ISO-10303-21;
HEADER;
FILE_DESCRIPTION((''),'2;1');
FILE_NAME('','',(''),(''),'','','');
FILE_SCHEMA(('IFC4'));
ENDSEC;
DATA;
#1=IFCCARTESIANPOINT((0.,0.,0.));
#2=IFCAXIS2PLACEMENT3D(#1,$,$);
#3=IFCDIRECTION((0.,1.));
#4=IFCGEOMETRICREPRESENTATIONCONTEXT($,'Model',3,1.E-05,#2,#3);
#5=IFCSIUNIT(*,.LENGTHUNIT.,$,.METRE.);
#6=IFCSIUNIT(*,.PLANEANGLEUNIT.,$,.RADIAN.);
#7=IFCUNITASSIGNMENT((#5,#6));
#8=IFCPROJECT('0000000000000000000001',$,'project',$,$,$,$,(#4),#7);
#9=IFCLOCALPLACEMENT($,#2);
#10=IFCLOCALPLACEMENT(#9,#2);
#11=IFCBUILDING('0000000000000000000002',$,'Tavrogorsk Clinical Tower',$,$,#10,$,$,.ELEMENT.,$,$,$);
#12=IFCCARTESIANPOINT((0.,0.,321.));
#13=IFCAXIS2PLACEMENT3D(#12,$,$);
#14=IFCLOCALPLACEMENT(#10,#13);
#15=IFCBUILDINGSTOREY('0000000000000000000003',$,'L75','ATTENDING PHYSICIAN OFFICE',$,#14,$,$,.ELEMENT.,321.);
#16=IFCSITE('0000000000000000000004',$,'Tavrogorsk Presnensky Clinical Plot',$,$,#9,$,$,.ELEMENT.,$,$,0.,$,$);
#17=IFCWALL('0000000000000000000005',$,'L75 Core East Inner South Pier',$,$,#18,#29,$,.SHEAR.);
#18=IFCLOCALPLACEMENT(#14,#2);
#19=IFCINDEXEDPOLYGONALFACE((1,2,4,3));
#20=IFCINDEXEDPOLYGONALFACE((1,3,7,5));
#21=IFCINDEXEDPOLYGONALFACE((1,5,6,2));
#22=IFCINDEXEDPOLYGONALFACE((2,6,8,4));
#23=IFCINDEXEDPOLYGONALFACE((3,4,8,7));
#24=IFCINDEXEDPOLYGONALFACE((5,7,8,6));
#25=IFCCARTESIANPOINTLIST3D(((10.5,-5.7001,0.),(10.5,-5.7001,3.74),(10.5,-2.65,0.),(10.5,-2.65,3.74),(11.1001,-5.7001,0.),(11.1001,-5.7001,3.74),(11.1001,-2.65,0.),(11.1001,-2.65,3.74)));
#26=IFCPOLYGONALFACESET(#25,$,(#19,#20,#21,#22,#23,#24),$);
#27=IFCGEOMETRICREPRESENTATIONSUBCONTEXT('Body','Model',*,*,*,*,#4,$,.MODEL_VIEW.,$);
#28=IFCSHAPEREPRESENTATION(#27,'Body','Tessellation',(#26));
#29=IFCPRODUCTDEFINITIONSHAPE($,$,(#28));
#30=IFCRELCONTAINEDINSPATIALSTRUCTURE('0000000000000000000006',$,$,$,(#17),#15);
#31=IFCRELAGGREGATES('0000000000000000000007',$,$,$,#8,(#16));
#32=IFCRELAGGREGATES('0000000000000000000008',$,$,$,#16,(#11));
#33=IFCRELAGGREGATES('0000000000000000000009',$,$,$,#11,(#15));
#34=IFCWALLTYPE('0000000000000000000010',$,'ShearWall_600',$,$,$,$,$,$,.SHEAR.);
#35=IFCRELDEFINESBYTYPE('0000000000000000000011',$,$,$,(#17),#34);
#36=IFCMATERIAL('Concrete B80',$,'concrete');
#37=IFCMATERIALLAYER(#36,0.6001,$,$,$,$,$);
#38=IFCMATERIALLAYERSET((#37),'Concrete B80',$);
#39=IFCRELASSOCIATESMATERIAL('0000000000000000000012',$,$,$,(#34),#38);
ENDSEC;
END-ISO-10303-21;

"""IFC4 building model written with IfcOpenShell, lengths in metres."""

from ifc_helpers import new_model, si_unit, direction, frame, frame_2d, origin, place, context, subcontext, project, spatial, rectangle, extrude, material, layer, layer_set, type_object, element, save


model = new_model("IFC4")

# Units and contexts
model_context = context("Model", 3, precision=1e-05, world=origin(), true_north=direction((0.0, 1.0)))
body_context = subcontext(model_context, "Body", "Model", "MODEL_VIEW")
ifc_project = project(units=[si_unit("LENGTHUNIT", "METRE"), si_unit("PLANEANGLEUNIT", "RADIAN")], contexts=[model_context])

# Site, building, storey
site_placement = place(None, origin())
site = spatial("IfcSite", under=ifc_project, at=site_placement, Name="Tavrogorsk Presnensky Clinical Plot", CompositionType="ELEMENT", RefElevation=0.0)
building_placement = place(site_placement, origin())
building = spatial("IfcBuilding", under=site, at=building_placement, Name="Tavrogorsk Clinical Tower", CompositionType="ELEMENT")
storey_placement = place(building_placement, frame((0.0, 0.0, 321.0)))
storey = spatial("IfcBuildingStorey", under=building, at=storey_placement, Name="L75", Description="ATTENDING PHYSICIAN OFFICE", CompositionType="ELEMENT", Elevation=321.0)

# Wall
ifc_material_1 = material(Name="Concrete B80", Category="concrete")
ifc_layer_1 = layer(ifc_material_1, 0.6001)
ifc_layer_set_1 = layer_set([ifc_layer_1], Name="Concrete B80")
wall_type_1 = type_object("IfcWallType", Name="ShearWall_600", PredefinedType="SHEAR", material=ifc_layer_set_1)
wall_1_placement = place(storey_placement, frame((10.8, -5.7, 0.0), z_axis=(0.0, 0.0, 1.0), x_axis=(0.0, 1.0, 0.0)))
element("IfcWall", 1, at=wall_1_placement, inside=storey, type_object=wall_type_1, Name="L75 Core East Inner South Pier", PredefinedType="SHEAR", context=body_context, shape_type="SweptSolid", body=[
    extrude(rectangle(XDim=3.05, YDim=0.6001, at=frame_2d((1.5249, 0.0))), origin(), (0.0, 0.0, 1.0), 3.74),
])

save(model, "model.ifc")
